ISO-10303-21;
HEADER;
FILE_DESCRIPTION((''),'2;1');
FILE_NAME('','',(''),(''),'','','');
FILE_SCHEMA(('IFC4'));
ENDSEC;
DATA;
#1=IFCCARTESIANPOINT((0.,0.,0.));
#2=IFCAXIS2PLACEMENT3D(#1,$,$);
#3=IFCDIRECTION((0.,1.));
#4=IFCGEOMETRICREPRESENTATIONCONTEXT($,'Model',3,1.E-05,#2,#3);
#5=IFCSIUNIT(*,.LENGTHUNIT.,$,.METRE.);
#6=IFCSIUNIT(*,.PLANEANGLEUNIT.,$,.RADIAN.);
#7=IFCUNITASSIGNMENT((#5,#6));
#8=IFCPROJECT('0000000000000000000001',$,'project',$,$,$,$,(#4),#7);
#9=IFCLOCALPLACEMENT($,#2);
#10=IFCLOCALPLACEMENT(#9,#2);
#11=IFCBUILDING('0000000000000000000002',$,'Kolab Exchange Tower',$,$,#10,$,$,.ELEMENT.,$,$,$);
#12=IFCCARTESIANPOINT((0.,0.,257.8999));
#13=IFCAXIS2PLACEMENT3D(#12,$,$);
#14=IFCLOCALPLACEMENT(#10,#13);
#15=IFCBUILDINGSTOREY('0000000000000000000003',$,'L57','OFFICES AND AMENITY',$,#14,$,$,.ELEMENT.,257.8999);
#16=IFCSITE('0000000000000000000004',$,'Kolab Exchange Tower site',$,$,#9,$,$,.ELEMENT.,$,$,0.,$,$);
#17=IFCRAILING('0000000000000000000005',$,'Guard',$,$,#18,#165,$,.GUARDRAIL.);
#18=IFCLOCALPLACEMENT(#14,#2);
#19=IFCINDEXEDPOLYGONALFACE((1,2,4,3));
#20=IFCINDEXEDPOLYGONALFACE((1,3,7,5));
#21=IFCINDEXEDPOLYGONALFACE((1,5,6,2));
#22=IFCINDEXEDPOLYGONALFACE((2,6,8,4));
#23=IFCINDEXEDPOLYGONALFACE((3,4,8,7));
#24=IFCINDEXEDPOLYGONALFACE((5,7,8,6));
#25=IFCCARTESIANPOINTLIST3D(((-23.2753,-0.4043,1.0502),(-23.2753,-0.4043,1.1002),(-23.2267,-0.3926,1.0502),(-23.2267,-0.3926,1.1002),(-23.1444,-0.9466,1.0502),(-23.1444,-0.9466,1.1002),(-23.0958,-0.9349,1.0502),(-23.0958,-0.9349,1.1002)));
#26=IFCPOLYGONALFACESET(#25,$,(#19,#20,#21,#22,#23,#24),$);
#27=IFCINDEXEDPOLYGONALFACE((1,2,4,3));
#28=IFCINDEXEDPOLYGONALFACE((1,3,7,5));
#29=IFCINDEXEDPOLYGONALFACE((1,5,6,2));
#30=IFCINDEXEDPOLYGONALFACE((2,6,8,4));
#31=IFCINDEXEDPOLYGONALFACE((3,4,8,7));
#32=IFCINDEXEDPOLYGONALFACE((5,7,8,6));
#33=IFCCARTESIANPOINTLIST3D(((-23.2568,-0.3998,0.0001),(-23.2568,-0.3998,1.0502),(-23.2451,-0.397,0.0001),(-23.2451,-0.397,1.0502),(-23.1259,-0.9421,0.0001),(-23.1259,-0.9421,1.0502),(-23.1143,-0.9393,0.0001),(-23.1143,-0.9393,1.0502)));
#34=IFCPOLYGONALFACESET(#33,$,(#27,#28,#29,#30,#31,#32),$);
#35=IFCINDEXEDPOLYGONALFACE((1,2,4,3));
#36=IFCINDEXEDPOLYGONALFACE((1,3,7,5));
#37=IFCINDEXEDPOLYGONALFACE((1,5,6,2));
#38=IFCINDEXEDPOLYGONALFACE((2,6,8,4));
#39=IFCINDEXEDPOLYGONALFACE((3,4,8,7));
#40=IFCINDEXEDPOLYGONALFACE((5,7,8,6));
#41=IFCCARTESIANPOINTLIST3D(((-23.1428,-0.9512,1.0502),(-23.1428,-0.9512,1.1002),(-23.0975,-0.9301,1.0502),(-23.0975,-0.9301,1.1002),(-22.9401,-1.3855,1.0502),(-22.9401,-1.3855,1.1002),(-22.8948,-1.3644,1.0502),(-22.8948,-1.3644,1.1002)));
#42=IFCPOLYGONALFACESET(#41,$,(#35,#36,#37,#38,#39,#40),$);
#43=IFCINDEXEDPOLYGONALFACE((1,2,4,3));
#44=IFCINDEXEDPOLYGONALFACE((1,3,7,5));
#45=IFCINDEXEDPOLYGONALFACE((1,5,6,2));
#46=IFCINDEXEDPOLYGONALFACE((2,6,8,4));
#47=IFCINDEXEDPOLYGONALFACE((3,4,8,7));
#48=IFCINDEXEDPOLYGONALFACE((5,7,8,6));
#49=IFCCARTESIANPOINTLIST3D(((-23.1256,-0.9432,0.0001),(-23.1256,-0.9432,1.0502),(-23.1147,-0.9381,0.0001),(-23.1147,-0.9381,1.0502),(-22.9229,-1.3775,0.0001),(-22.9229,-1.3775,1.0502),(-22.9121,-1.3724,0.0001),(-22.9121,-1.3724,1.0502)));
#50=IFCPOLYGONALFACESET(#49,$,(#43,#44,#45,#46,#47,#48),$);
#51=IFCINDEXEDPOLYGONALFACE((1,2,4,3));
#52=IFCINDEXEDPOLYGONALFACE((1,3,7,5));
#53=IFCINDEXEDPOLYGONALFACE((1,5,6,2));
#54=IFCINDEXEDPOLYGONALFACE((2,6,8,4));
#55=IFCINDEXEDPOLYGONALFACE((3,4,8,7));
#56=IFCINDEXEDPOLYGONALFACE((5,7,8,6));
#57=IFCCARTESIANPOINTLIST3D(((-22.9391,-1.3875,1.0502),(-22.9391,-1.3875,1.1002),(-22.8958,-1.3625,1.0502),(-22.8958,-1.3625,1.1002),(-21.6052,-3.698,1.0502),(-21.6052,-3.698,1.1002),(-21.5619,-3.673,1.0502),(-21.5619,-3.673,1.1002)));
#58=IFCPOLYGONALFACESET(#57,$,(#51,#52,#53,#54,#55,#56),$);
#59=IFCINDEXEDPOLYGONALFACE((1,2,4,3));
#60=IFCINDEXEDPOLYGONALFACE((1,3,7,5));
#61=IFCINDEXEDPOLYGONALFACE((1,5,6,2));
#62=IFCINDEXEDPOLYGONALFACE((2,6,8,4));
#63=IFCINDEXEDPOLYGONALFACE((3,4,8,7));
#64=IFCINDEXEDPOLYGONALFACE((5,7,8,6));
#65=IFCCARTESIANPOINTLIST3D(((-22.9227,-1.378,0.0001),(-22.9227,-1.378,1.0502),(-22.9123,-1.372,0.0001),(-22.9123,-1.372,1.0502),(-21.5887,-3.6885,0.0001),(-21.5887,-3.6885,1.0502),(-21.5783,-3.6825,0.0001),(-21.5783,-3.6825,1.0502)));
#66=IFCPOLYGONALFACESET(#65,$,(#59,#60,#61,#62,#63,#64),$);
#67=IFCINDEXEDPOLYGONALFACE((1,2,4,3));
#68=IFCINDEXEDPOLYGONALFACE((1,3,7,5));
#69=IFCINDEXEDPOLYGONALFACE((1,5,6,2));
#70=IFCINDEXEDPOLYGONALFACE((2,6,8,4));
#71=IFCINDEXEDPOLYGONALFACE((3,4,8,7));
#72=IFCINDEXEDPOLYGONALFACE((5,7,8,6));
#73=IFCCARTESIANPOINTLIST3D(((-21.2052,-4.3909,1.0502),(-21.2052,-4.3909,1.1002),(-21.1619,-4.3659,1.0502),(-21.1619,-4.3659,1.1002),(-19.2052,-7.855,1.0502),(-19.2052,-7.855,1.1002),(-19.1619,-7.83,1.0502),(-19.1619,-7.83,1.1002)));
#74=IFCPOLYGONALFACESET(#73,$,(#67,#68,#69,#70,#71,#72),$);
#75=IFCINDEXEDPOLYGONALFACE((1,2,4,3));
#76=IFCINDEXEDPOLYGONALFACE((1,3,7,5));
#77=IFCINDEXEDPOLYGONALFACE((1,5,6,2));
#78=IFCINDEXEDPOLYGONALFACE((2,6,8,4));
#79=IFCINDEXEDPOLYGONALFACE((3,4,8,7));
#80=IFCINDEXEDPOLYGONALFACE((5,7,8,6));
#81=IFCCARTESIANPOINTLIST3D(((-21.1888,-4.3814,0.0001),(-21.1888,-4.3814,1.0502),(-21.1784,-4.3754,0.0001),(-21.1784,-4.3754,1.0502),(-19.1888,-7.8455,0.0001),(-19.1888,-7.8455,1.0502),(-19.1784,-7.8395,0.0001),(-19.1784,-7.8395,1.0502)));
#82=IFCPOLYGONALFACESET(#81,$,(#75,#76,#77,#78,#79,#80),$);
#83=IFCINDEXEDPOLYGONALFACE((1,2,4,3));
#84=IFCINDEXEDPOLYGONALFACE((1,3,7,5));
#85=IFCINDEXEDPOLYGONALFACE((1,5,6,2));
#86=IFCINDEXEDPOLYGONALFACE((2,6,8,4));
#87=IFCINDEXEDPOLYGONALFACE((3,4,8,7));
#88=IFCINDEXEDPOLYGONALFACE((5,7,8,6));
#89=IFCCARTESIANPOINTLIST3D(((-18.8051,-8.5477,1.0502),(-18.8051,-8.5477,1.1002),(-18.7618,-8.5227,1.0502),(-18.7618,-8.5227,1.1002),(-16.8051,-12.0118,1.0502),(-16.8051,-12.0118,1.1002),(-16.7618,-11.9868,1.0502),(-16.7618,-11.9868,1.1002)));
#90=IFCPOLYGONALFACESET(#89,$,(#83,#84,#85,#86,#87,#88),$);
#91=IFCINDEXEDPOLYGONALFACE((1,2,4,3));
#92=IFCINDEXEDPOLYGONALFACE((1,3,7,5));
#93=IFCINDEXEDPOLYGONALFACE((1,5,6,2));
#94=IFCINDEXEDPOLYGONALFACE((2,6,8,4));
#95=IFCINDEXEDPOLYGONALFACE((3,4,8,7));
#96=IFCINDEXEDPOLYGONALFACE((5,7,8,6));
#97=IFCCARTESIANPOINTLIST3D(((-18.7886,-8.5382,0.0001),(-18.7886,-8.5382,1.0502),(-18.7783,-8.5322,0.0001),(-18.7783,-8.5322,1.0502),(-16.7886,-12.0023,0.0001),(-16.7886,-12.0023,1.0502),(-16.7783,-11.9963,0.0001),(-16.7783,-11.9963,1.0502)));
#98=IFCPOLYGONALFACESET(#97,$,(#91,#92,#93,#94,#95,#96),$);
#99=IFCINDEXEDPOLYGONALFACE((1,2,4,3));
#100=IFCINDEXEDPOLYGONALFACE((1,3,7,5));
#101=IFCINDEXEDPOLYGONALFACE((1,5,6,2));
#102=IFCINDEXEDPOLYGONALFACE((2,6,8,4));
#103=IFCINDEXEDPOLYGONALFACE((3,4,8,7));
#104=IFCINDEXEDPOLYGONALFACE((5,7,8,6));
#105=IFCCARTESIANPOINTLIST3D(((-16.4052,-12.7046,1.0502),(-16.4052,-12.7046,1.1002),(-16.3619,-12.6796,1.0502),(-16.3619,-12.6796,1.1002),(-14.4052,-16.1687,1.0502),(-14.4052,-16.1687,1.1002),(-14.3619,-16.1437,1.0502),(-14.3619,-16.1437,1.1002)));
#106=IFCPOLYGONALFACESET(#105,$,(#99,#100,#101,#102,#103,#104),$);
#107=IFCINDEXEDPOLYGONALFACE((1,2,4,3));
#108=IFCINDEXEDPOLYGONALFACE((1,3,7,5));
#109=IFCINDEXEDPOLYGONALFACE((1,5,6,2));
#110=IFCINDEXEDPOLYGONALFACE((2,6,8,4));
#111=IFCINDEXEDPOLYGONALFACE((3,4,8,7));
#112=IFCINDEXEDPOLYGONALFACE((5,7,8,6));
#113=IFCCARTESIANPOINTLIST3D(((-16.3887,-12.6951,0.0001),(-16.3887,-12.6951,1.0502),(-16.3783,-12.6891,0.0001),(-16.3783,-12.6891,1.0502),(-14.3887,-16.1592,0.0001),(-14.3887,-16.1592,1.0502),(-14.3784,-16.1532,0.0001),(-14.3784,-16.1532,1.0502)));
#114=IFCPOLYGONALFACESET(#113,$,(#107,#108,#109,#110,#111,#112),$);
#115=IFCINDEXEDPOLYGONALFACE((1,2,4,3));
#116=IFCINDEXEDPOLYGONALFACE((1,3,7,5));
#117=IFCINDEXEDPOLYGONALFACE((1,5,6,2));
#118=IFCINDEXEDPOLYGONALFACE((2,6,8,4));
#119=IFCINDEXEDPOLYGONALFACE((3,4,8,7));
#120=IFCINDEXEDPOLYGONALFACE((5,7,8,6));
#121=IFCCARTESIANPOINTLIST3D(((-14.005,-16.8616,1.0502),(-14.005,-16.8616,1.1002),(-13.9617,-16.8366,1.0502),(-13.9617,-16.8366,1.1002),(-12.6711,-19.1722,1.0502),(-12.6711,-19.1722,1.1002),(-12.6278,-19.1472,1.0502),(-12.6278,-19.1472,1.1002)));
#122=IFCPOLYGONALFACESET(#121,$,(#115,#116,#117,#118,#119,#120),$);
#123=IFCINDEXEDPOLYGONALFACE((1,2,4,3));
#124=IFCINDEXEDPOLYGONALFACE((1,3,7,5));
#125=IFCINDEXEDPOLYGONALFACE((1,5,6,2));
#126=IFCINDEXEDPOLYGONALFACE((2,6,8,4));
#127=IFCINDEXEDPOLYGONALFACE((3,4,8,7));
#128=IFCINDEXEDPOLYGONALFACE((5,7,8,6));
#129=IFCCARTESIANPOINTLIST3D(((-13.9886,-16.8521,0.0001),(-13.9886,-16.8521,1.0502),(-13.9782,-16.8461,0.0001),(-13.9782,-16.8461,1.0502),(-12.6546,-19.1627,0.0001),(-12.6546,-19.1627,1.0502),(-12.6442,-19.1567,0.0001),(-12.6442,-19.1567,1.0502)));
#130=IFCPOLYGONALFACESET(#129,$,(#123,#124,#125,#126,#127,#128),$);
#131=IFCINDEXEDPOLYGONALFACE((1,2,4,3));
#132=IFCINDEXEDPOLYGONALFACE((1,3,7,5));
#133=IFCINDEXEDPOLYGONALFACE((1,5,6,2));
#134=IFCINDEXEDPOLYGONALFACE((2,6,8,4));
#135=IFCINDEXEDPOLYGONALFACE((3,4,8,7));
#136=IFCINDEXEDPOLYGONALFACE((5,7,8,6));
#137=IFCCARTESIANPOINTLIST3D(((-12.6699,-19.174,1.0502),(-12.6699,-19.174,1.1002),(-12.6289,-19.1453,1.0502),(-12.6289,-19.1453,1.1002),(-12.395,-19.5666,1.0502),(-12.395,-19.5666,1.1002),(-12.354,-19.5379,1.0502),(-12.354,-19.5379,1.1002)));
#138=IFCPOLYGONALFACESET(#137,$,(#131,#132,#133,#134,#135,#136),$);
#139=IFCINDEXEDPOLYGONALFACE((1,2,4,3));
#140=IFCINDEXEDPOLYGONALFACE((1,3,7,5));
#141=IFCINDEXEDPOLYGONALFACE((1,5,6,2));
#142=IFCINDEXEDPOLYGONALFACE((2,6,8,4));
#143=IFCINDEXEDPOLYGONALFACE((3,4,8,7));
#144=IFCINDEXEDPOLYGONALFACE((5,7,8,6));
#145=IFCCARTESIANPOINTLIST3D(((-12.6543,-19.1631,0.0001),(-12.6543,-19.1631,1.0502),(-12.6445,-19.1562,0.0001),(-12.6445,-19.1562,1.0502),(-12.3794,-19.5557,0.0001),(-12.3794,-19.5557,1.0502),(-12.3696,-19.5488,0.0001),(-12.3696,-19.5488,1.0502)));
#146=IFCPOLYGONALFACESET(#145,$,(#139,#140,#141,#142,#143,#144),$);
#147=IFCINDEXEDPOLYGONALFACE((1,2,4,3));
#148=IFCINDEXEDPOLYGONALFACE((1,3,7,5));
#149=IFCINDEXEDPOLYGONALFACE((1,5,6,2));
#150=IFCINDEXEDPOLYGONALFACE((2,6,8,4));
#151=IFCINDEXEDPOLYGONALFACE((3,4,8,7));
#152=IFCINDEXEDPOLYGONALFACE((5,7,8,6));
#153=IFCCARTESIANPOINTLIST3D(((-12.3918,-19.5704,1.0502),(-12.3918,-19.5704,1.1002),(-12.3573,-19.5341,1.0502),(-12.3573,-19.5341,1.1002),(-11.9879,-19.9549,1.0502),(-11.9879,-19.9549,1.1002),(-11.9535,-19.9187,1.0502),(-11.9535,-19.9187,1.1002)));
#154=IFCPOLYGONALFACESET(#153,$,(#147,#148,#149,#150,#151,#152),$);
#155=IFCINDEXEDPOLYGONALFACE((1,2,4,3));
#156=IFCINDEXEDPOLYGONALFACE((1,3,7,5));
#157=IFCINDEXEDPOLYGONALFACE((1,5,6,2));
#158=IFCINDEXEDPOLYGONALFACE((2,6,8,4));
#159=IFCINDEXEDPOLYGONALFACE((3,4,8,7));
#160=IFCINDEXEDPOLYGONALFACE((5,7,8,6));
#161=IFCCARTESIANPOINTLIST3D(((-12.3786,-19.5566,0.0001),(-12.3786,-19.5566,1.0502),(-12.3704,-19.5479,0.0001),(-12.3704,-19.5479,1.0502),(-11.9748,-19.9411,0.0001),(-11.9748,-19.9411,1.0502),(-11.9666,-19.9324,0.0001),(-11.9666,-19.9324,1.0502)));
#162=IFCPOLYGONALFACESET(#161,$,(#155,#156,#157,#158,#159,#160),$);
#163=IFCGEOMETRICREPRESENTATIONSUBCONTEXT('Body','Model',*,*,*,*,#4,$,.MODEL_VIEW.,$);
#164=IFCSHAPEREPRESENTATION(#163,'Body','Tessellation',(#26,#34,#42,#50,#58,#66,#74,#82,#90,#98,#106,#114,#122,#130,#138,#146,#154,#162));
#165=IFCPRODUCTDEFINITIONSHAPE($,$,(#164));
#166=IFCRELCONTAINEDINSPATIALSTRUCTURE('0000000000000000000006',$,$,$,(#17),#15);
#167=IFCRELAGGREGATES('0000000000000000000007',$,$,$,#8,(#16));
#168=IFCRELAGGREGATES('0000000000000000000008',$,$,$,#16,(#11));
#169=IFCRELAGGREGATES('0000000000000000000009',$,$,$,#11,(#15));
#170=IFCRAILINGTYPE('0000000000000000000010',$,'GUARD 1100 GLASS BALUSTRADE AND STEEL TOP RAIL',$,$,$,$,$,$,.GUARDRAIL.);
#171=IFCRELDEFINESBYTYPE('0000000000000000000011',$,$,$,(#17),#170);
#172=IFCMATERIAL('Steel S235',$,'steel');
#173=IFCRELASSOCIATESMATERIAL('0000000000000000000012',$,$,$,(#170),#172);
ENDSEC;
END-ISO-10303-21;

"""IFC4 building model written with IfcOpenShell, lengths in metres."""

from ifc_helpers import new_model, si_unit, direction, frame, frame_2d, origin, origin_2d, place, context, subcontext, project, spatial, rectangle, extrude, material, type_object, element, save


model = new_model("IFC4")

# Units and contexts
model_context = context("Model", 3, precision=1e-05, world=origin(), true_north=direction((0.0, 1.0)))
body_context = subcontext(model_context, "Body", "Model", "MODEL_VIEW")
ifc_project = project(units=[si_unit("LENGTHUNIT", "METRE"), si_unit("PLANEANGLEUNIT", "RADIAN")], contexts=[model_context])

# Site, building, storey
site_placement = place(None, origin())
site = spatial("IfcSite", under=ifc_project, at=site_placement, Name="Kolab Exchange Tower site", CompositionType="ELEMENT", RefElevation=0.0)
building_placement = place(site_placement, origin())
building = spatial("IfcBuilding", under=site, at=building_placement, Name="Kolab Exchange Tower", CompositionType="ELEMENT")
storey_placement = place(building_placement, frame((0.0, 0.0, 257.8999)))
storey = spatial("IfcBuildingStorey", under=building, at=storey_placement, Name="L57", Description="OFFICES AND AMENITY", CompositionType="ELEMENT", Elevation=257.8999)

# Railing
ifc_material_1 = material(Name="Steel S235", Category="steel")
railing_type = type_object("IfcRailingType", Name="GUARD 1100 GLASS BALUSTRADE AND STEEL TOP RAIL", PredefinedType="GUARDRAIL", material=ifc_material_1)
railing_placement = place(storey_placement, frame((-23.251, -0.3984, 0.0)))
element("IfcRailing", 1, at=railing_placement, inside=storey, type_object=railing_type, Name="Guard", PredefinedType="GUARDRAIL", context=body_context, shape_type="SweptSolid", body=[
    extrude(rectangle(XDim=0.05, YDim=0.05, at=origin_2d()), frame((0.0, 0.0, 1.0752), z_axis=(0.234598, -0.972093, 0.0), x_axis=(0.972093, 0.234598, 0.0)), (0.0, 0.0, 1.0), 0.5579),
    extrude(rectangle(XDim=0.012, YDim=1.0501, at=frame_2d((0.0, 0.5251))), frame((0.0, 0.0, 0.0), z_axis=(0.234598, -0.972093, 0.0), x_axis=(0.972093, 0.234598, 0.0)), (0.0, 0.0, 1.0), 0.5579),
    extrude(rectangle(XDim=0.05, YDim=0.05, at=origin_2d()), frame((0.1309, -0.5422, 1.0752), z_axis=(0.422802, -0.906222, 0.0), x_axis=(0.906222, 0.422802, 0.0)), (0.0, 0.0, 1.0), 0.4792),
    extrude(rectangle(XDim=0.012, YDim=1.0501, at=frame_2d((0.0, 0.5251))), frame((0.1309, -0.5422, 0.0), z_axis=(0.422802, -0.906222, 0.0), x_axis=(0.906222, 0.422802, 0.0)), (0.0, 0.0, 1.0), 0.4792),
    extrude(rectangle(XDim=0.05, YDim=0.05, at=origin_2d()), frame((0.3335, -0.9766, 1.0752), z_axis=(0.499997, -0.866027, 0.0), x_axis=(0.866027, 0.499997, 0.0)), (0.0, 0.0, 1.0), 2.668),
    extrude(rectangle(XDim=0.012, YDim=1.0501, at=frame_2d((0.0, 0.5251))), frame((0.3335, -0.9766, 0.0), z_axis=(0.499997, -0.866027, 0.0), x_axis=(0.866027, 0.499997, 0.0)), (0.0, 0.0, 1.0), 2.668),
    extrude(rectangle(XDim=0.05, YDim=0.05, at=origin_2d()), frame((2.0674, -3.98, 1.0752), z_axis=(0.499999, -0.866026, 0.0), x_axis=(0.866026, 0.499999, 0.0)), (0.0, 0.0, 1.0), 4.0),
    extrude(rectangle(XDim=0.012, YDim=1.0501, at=frame_2d((0.0, 0.5251))), frame((2.0674, -3.98, 0.0), z_axis=(0.499999, -0.866026, 0.0), x_axis=(0.866026, 0.499999, 0.0)), (0.0, 0.0, 1.0), 4.0),
    extrude(rectangle(XDim=0.05, YDim=0.05, at=origin_2d()), frame((4.4675, -8.1367, 1.0752), z_axis=(0.499999, -0.866026, 0.0), x_axis=(0.866026, 0.499999, 0.0)), (0.0, 0.0, 1.0), 4.0),
    extrude(rectangle(XDim=0.012, YDim=1.0501, at=frame_2d((0.0, 0.5251))), frame((4.4675, -8.1367, 0.0), z_axis=(0.499999, -0.866026, 0.0), x_axis=(0.866026, 0.499999, 0.0)), (0.0, 0.0, 1.0), 4.0),
    extrude(rectangle(XDim=0.05, YDim=0.05, at=origin_2d()), frame((6.8674, -12.2937, 1.0752), z_axis=(0.499999, -0.866026, 0.0), x_axis=(0.866026, 0.499999, 0.0)), (0.0, 0.0, 1.0), 4.0),
    extrude(rectangle(XDim=0.012, YDim=1.0501, at=frame_2d((0.0, 0.5251))), frame((6.8674, -12.2937, 0.0), z_axis=(0.499999, -0.866026, 0.0), x_axis=(0.866026, 0.499999, 0.0)), (0.0, 0.0, 1.0), 4.0),
    extrude(rectangle(XDim=0.05, YDim=0.05, at=origin_2d()), frame((9.2676, -16.4507, 1.0752), z_axis=(0.499997, -0.866027, 0.0), x_axis=(0.866027, 0.499997, 0.0)), (0.0, 0.0, 1.0), 2.668),
    extrude(rectangle(XDim=0.012, YDim=1.0501, at=frame_2d((0.0, 0.5251))), frame((9.2676, -16.4507, 0.0), z_axis=(0.499997, -0.866027, 0.0), x_axis=(0.866027, 0.499997, 0.0)), (0.0, 0.0, 1.0), 2.668),
    extrude(rectangle(XDim=0.05, YDim=0.05, at=origin_2d()), frame((10.6016, -18.7612, 1.0752), z_axis=(0.573599, -0.819136, 0.0), x_axis=(0.819136, 0.573599, 0.0)), (0.0, 0.0, 1.0), 0.4792),
    extrude(rectangle(XDim=0.012, YDim=1.0501, at=frame_2d((0.0, 0.5251))), frame((10.6016, -18.7612, 0.0), z_axis=(0.573599, -0.819136, 0.0), x_axis=(0.819136, 0.573599, 0.0)), (0.0, 0.0, 1.0), 0.4792),
    extrude(rectangle(XDim=0.05, YDim=0.05, at=origin_2d()), frame((10.8765, -19.1538, 1.0752), z_axis=(0.72419, -0.689601, 0.0), x_axis=(0.689601, 0.72419, 0.0)), (0.0, 0.0, 1.0), 0.5576),
    extrude(rectangle(XDim=0.012, YDim=1.0501, at=frame_2d((0.0, 0.5251))), frame((10.8765, -19.1538, 0.0), z_axis=(0.72419, -0.689601, 0.0), x_axis=(0.689601, 0.72419, 0.0)), (0.0, 0.0, 1.0), 0.5576),
])

save(model, "model.ifc")
